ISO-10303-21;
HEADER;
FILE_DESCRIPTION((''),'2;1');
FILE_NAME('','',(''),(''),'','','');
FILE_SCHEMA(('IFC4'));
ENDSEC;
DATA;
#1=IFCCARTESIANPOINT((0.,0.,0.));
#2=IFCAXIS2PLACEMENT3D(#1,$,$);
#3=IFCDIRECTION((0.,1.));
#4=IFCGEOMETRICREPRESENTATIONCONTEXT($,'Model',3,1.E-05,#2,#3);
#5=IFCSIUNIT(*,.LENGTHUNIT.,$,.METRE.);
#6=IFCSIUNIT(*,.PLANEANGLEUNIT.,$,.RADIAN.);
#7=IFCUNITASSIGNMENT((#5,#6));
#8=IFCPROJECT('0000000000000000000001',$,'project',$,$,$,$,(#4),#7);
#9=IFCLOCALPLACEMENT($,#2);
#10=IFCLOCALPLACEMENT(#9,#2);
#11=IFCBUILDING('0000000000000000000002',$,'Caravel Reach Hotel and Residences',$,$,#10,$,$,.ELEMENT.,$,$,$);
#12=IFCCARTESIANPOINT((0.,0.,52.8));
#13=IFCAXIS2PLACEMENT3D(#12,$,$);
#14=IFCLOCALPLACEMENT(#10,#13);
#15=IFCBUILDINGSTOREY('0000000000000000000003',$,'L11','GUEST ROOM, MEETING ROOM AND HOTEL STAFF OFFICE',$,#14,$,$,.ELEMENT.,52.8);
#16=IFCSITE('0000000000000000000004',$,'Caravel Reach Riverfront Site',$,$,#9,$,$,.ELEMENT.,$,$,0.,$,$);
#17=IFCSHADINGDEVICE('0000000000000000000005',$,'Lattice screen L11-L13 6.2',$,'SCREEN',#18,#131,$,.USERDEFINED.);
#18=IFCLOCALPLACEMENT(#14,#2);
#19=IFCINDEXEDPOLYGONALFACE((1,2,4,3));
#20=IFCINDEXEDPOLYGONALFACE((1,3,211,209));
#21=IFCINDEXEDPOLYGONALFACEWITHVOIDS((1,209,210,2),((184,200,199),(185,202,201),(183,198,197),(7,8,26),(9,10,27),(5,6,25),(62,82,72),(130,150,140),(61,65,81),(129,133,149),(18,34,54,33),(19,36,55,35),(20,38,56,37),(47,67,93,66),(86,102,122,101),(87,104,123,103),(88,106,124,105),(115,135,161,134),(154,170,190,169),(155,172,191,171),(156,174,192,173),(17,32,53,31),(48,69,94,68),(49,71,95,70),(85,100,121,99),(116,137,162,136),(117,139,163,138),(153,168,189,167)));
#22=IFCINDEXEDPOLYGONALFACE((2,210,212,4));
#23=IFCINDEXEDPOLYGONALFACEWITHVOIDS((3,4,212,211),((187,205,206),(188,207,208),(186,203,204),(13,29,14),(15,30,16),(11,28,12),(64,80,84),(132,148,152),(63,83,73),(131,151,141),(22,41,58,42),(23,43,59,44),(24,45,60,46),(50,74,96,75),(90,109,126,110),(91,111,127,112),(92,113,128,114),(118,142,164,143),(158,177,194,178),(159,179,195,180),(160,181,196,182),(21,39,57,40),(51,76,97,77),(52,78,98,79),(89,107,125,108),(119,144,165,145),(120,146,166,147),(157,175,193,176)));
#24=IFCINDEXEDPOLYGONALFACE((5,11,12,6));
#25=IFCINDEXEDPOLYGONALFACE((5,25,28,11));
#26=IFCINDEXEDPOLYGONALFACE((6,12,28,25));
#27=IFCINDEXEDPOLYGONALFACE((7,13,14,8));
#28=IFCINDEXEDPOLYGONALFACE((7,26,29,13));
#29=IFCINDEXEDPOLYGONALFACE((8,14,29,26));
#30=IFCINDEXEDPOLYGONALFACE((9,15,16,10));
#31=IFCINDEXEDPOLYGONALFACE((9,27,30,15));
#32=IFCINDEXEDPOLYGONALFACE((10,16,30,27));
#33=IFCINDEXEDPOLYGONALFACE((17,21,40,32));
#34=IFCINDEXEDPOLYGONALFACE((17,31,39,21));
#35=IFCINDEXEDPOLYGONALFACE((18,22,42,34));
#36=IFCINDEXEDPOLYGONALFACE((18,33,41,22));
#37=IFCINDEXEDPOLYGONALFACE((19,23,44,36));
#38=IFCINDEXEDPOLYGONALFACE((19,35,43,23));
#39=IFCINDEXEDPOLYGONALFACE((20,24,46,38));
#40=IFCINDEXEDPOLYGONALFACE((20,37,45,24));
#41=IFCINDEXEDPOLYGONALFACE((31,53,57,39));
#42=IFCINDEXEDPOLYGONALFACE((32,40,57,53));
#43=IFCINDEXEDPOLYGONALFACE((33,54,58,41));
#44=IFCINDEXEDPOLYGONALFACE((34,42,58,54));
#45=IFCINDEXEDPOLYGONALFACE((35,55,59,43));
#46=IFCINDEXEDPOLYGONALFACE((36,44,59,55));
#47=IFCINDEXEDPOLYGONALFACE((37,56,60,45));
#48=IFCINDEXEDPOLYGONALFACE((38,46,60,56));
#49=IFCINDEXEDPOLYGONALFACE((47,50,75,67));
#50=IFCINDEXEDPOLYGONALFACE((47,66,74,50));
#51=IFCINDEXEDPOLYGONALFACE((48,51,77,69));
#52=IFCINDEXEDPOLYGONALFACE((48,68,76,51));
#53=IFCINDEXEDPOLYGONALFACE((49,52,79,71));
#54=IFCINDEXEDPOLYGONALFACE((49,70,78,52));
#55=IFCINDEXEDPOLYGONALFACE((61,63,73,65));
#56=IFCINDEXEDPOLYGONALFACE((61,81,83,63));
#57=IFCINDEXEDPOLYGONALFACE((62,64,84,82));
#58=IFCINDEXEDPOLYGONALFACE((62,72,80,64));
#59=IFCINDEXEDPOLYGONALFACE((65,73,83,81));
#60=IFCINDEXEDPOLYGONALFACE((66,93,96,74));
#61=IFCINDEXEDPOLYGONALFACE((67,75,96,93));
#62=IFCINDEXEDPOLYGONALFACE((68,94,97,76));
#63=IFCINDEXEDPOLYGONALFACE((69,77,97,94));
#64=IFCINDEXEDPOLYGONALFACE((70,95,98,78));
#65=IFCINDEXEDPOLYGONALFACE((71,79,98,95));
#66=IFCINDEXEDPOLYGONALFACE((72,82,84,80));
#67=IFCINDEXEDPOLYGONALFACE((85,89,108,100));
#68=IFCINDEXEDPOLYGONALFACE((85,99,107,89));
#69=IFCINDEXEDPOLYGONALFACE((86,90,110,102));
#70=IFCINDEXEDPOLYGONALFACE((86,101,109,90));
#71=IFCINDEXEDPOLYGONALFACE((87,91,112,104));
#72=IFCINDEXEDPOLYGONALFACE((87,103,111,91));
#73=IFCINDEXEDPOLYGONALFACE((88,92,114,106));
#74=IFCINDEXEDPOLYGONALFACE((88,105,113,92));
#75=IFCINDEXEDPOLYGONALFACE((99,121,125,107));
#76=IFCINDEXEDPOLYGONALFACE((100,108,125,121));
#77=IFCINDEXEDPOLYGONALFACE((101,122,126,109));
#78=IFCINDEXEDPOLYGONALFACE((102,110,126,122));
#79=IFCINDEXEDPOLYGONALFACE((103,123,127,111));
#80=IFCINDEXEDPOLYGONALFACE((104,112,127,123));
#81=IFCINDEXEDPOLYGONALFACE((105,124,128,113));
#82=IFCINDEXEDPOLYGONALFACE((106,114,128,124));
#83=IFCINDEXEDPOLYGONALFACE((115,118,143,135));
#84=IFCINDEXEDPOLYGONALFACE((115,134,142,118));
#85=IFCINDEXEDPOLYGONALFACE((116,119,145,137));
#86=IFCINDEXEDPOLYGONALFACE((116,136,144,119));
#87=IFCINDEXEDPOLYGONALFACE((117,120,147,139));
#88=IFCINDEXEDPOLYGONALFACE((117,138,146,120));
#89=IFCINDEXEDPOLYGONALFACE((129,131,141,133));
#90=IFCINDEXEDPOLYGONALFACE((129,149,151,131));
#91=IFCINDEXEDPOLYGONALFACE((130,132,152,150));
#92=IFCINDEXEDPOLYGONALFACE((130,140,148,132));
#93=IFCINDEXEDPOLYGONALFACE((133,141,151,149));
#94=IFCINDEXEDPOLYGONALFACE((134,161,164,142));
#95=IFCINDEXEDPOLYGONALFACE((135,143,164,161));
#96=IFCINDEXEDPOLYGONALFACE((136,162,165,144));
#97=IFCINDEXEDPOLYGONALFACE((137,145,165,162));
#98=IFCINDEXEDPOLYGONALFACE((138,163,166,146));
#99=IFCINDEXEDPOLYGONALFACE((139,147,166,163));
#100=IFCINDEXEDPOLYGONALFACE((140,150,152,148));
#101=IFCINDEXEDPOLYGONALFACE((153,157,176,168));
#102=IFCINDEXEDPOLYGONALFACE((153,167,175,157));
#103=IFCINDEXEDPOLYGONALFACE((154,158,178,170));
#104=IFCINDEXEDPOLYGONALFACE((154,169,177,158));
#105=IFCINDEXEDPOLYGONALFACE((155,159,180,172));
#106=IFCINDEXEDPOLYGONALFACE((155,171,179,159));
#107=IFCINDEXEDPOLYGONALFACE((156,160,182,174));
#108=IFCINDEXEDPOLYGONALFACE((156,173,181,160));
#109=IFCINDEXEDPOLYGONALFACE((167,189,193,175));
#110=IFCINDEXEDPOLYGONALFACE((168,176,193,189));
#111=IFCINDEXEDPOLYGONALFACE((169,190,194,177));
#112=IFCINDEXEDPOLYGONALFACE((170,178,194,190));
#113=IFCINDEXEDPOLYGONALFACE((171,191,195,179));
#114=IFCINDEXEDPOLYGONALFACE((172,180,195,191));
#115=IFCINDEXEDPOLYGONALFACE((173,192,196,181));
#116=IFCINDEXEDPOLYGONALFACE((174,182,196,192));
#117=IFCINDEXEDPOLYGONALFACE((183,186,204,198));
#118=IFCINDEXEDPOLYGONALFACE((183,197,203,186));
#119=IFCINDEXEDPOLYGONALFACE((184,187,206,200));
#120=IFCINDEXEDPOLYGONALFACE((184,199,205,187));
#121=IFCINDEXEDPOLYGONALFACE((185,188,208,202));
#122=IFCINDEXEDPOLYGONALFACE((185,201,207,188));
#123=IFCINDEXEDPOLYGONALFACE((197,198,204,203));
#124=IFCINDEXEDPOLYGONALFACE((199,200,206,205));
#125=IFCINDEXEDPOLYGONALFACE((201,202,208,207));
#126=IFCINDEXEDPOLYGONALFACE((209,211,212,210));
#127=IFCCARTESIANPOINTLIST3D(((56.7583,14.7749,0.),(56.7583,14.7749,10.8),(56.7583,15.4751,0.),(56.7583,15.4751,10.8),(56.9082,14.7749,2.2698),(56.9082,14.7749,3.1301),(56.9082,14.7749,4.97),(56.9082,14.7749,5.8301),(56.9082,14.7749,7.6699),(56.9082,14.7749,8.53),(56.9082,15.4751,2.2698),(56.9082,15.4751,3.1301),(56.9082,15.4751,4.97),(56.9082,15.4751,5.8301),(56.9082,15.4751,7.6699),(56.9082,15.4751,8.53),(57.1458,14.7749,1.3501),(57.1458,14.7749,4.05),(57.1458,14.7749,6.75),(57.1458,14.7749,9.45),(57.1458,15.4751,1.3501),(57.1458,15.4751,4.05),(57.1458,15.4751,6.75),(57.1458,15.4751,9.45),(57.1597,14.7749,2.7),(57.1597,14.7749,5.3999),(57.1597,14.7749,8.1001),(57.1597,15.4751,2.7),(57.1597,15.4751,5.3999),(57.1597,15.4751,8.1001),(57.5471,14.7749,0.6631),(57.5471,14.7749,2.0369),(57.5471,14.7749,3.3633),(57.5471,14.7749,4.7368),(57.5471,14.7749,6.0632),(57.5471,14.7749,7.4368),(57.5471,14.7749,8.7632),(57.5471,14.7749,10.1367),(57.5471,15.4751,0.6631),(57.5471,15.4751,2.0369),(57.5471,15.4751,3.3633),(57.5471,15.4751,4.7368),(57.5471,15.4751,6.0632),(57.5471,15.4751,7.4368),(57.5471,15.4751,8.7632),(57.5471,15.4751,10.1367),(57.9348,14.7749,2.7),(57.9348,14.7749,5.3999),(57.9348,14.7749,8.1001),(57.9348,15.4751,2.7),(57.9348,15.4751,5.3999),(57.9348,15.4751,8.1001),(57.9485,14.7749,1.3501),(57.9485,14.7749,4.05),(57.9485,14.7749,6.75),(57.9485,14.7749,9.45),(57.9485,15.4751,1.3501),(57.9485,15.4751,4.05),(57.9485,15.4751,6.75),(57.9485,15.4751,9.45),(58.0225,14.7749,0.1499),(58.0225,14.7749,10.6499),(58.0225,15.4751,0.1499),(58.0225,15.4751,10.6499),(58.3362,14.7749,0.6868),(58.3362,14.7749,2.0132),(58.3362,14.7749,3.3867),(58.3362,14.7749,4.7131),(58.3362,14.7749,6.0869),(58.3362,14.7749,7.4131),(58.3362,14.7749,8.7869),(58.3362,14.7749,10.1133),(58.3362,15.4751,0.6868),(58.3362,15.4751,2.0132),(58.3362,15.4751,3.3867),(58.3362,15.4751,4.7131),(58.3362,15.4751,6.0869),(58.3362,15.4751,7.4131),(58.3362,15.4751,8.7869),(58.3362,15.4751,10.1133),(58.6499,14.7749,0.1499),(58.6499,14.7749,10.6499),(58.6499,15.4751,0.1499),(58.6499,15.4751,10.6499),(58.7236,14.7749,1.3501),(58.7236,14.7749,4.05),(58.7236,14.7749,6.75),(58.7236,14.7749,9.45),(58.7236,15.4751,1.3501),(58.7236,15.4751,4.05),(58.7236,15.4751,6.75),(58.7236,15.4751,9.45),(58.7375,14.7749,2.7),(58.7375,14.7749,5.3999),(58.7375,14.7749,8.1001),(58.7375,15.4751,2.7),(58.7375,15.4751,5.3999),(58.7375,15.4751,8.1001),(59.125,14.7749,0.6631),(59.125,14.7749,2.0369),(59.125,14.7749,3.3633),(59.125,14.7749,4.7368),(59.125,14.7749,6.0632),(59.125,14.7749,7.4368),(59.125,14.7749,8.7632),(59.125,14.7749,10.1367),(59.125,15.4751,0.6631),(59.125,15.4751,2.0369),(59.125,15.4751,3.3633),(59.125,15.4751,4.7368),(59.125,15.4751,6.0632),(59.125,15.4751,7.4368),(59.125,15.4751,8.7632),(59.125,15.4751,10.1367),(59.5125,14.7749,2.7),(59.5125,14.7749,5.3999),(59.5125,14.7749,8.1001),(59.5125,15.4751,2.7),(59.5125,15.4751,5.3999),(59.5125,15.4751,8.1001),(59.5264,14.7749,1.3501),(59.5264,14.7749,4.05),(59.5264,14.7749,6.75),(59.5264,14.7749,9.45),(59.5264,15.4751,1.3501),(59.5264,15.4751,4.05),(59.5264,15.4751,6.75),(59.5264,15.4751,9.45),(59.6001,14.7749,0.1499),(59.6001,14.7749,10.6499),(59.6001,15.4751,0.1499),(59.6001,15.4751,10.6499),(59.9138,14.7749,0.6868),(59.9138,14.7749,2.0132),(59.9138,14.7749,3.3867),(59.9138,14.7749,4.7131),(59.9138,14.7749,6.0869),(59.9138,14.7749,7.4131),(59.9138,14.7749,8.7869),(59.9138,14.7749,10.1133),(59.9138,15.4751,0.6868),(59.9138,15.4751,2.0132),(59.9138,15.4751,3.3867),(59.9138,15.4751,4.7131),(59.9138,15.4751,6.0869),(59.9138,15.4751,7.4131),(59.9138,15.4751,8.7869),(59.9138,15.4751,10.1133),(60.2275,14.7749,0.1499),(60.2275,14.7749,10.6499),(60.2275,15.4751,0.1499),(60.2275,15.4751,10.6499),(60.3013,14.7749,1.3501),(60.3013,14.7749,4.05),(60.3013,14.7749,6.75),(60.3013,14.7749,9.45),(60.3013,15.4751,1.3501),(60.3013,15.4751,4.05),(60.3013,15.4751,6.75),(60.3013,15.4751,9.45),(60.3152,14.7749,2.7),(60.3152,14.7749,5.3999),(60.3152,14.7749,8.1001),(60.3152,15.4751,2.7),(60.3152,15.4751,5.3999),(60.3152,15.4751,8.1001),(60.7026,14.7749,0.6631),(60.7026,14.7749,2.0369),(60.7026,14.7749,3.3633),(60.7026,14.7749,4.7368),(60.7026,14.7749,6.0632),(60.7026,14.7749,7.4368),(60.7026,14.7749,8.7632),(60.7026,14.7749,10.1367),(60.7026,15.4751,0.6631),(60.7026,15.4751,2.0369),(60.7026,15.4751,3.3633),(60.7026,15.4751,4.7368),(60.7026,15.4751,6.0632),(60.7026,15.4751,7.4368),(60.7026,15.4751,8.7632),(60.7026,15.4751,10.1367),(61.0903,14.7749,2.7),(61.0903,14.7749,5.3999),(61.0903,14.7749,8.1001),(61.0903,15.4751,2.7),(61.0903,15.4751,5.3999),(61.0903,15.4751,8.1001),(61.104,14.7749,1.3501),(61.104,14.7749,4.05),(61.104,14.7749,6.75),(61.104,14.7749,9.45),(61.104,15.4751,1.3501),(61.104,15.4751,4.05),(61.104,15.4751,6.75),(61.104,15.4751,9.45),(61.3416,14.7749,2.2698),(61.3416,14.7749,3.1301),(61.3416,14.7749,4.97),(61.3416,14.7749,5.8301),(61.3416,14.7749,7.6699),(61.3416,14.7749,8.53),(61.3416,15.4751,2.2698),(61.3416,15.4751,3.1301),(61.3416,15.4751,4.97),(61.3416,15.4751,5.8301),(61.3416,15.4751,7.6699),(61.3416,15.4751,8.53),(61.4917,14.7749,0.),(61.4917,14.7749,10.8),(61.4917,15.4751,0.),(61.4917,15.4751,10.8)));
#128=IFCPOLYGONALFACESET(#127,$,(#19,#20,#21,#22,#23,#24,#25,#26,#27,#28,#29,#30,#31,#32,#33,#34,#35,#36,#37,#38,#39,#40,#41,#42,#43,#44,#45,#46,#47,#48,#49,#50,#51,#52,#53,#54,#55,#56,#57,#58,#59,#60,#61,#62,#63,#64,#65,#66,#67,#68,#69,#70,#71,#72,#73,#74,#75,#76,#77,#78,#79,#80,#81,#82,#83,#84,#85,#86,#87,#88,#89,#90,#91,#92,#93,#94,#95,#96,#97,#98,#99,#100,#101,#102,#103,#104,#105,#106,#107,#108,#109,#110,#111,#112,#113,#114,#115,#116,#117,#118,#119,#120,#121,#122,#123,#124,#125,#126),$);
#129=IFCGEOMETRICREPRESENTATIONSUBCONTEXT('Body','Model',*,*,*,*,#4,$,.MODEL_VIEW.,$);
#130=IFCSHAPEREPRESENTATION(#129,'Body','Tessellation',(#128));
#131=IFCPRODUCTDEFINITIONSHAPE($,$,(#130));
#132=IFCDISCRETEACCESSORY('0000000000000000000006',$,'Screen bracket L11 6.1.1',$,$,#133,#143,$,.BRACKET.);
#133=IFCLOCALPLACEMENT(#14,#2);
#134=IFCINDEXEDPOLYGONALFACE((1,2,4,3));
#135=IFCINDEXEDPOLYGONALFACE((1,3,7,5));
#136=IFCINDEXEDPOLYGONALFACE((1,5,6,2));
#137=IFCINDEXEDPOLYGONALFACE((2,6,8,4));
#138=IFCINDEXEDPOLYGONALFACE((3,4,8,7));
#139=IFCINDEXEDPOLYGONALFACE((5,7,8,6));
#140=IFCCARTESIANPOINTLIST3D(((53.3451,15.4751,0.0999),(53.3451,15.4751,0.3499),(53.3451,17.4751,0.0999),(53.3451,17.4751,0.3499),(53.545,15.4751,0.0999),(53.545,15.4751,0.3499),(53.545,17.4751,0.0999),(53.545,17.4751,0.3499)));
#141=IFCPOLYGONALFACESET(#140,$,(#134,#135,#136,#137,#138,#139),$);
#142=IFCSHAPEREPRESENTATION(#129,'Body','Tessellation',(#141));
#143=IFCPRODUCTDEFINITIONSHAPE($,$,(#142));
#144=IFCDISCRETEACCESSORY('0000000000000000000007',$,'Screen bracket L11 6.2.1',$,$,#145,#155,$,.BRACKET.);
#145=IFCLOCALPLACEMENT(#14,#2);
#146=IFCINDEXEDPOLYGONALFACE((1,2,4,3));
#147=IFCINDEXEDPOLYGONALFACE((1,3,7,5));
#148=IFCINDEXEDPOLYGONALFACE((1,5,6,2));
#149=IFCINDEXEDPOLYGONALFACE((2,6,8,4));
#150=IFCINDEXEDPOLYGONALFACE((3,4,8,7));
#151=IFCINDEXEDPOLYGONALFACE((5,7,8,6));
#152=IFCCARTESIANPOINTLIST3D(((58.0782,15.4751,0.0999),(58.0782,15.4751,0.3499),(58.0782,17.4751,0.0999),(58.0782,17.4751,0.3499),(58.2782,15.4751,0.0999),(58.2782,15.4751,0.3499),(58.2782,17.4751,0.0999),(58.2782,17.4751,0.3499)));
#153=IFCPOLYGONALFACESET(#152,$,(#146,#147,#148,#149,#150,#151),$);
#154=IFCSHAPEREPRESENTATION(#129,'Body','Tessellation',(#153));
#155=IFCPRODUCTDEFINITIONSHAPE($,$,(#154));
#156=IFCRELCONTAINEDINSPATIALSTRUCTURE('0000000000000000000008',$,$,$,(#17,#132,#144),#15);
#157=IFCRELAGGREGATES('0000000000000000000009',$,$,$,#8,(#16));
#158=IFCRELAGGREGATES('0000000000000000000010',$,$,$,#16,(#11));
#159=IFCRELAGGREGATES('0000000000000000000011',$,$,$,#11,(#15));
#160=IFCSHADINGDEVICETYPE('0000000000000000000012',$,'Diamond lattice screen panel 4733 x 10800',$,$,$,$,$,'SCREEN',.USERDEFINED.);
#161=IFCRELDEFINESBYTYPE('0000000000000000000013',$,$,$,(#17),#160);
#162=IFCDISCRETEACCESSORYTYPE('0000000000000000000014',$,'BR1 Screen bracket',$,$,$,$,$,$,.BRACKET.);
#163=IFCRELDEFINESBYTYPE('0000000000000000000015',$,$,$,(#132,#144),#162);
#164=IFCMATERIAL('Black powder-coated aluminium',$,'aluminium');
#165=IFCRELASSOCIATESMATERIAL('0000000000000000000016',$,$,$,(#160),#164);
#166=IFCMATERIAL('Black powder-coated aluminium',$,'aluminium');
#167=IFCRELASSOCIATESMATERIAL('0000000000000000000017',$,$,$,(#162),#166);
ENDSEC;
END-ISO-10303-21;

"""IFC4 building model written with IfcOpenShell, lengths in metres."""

from ifc_helpers import new_model, si_unit, direction, frame, origin, origin_2d, place, context, subcontext, project, spatial, polyline, rectangle, outline, extrude, material, type_object, element, save


model = new_model("IFC4")

# Units and contexts
model_context = context("Model", 3, precision=1e-05, world=origin(), true_north=direction((0.0, 1.0)))
body_context = subcontext(model_context, "Body", "Model", "MODEL_VIEW")
ifc_project = project(units=[si_unit("LENGTHUNIT", "METRE"), si_unit("PLANEANGLEUNIT", "RADIAN")], contexts=[model_context])

# Site, building, storey
site_placement = place(None, origin())
site = spatial("IfcSite", under=ifc_project, at=site_placement, Name="Caravel Reach Riverfront Site", CompositionType="ELEMENT", RefElevation=0.0)
building_placement = place(site_placement, origin())
building = spatial("IfcBuilding", under=site, at=building_placement, Name="Caravel Reach Hotel and Residences", CompositionType="ELEMENT")
storey_placement = place(building_placement, frame((0.0, 0.0, 52.8)))
storey = spatial("IfcBuildingStorey", under=building, at=storey_placement, Name="L11", Description="GUEST ROOM, MEETING ROOM AND HOTEL STAFF OFFICE", CompositionType="ELEMENT", Elevation=52.8)

# Shading device
ifc_material_1 = material(Name="Black powder-coated aluminium", Category="aluminium")
shading_device_type = type_object("IfcShadingDeviceType", Name="Diamond lattice screen panel 4733 x 10800", ElementType="SCREEN", PredefinedType="USERDEFINED", material=ifc_material_1)
shading_device_placement = place(storey_placement, frame((56.7583, 15.4751, 0.0), z_axis=(0.0, -1.0, 0.0), x_axis=(1.0, 0.0, 0.0)))
element("IfcShadingDevice", 1, at=shading_device_placement, inside=storey, type_object=shading_device_type, Name="Lattice screen L11-L13 6.2", ObjectType="SCREEN", PredefinedType="USERDEFINED", context=body_context, shape_type="SweptSolid", body=[
    extrude(outline(polyline([(0.0, 0.0), (4.7334, 0.0), (4.7334, 10.8), (0.0, 10.8), (0.0, 0.0)]), holes=[polyline([(0.4014, 2.7), (0.1499, 3.1301), (0.1499, 2.2698), (0.4014, 2.7)]), polyline([(0.4014, 5.3999), (0.1499, 5.8301), (0.1499, 4.97), (0.4014, 5.3999)]), polyline([(0.4014, 8.1001), (0.1499, 8.53), (0.1499, 7.6699), (0.4014, 8.1001)]), polyline([(0.7888, 2.0369), (0.3875, 1.3501), (0.7888, 0.6631), (1.1902, 1.3501), (0.7888, 2.0369)]), polyline([(0.7888, 4.7368), (0.3875, 4.05), (0.7888, 3.3633), (1.1902, 4.05), (0.7888, 4.7368)]), polyline([(0.7888, 7.4368), (0.3875, 6.75), (0.7888, 6.0632), (1.1902, 6.75), (0.7888, 7.4368)]), polyline([(0.7888, 10.1367), (0.3875, 9.45), (0.7888, 8.7632), (1.1902, 9.45), (0.7888, 10.1367)]), polyline([(1.5779, 0.6868), (1.2642, 0.1499), (1.8916, 0.1499), (1.5779, 0.6868)]), polyline([(1.5779, 3.3867), (1.1765, 2.7), (1.5779, 2.0132), (1.9792, 2.7), (1.5779, 3.3867)]), polyline([(1.5779, 6.0869), (1.1765, 5.3999), (1.5779, 4.7131), (1.9792, 5.3999), (1.5779, 6.0869)]), polyline([(1.5779, 8.7869), (1.1765, 8.1001), (1.5779, 7.4131), (1.9792, 8.1001), (1.5779, 8.7869)]), polyline([(1.5779, 10.1133), (1.8916, 10.6499), (1.2642, 10.6499), (1.5779, 10.1133)]), polyline([(2.3667, 2.0369), (1.9653, 1.3501), (2.3667, 0.6631), (2.7681, 1.3501), (2.3667, 2.0369)]), polyline([(2.3667, 4.7368), (1.9653, 4.05), (2.3667, 3.3633), (2.7681, 4.05), (2.3667, 4.7368)]), polyline([(2.3667, 7.4368), (1.9653, 6.75), (2.3667, 6.0632), (2.7681, 6.75), (2.3667, 7.4368)]), polyline([(2.3667, 10.1367), (1.9653, 9.45), (2.3667, 8.7632), (2.7681, 9.45), (2.3667, 10.1367)]), polyline([(3.1555, 0.6868), (2.8418, 0.1499), (3.4692, 0.1499), (3.1555, 0.6868)]), polyline([(3.1555, 3.3867), (2.7542, 2.7), (3.1555, 2.0132), (3.5569, 2.7), (3.1555, 3.3867)]), polyline([(3.1555, 6.0869), (2.7542, 5.3999), (3.1555, 4.7131), (3.5569, 5.3999), (3.1555, 6.0869)]), polyline([(3.1555, 8.7869), (2.7542, 8.1001), (3.1555, 7.4131), (3.5569, 8.1001), (3.1555, 8.7869)]), polyline([(3.1555, 10.1133), (3.4692, 10.6499), (2.8418, 10.6499), (3.1555, 10.1133)]), polyline([(3.9443, 2.0369), (3.543, 1.3501), (3.9443, 0.6631), (4.3457, 1.3501), (3.9443, 2.0369)]), polyline([(3.9443, 4.7368), (3.543, 4.05), (3.9443, 3.3633), (4.3457, 4.05), (3.9443, 4.7368)]), polyline([(3.9443, 7.4368), (3.543, 6.75), (3.9443, 6.0632), (4.3457, 6.75), (3.9443, 7.4368)]), polyline([(3.9443, 10.1367), (3.543, 9.45), (3.9443, 8.7632), (4.3457, 9.45), (3.9443, 10.1367)]), polyline([(4.332, 2.7), (4.5833, 2.2698), (4.5833, 3.1301), (4.332, 2.7)]), polyline([(4.332, 5.3999), (4.5833, 4.97), (4.5833, 5.8301), (4.332, 5.3999)]), polyline([(4.332, 8.1001), (4.5833, 7.6699), (4.5833, 8.53), (4.332, 8.1001)])]), origin(), (0.0, 0.0, 1.0), 0.7002),
])

# Discrete accessories
ifc_material_2 = material(Name="Black powder-coated aluminium", Category="aluminium")
discrete_accessory_type = type_object("IfcDiscreteAccessoryType", Name="BR1 Screen bracket", PredefinedType="BRACKET", material=ifc_material_2)
for number, where, z_axis, x_axis, name in (
    (2, (53.4451, 16.4751, 0.0999), (0.0, 0.0, 1.0), (0.0, -1.0, 0.0), "Screen bracket L11 6.1.1"),
    (3, (58.1782, 16.4751, 0.0999), (0.0, 0.0, 1.0), (0.0, -1.0, 0.0), "Screen bracket L11 6.2.1"),
):
    element("IfcDiscreteAccessory", number, at=place(storey_placement, frame(where, z_axis=z_axis, x_axis=x_axis)), inside=storey, type_object=discrete_accessory_type, Name=name, PredefinedType="BRACKET", context=body_context, shape_type="SweptSolid", body=[
        extrude(rectangle(XDim=2.0, YDim=0.2, at=origin_2d()), origin(), (0.0, 0.0, 1.0), 0.25),
    ])

save(model, "model.ifc")
